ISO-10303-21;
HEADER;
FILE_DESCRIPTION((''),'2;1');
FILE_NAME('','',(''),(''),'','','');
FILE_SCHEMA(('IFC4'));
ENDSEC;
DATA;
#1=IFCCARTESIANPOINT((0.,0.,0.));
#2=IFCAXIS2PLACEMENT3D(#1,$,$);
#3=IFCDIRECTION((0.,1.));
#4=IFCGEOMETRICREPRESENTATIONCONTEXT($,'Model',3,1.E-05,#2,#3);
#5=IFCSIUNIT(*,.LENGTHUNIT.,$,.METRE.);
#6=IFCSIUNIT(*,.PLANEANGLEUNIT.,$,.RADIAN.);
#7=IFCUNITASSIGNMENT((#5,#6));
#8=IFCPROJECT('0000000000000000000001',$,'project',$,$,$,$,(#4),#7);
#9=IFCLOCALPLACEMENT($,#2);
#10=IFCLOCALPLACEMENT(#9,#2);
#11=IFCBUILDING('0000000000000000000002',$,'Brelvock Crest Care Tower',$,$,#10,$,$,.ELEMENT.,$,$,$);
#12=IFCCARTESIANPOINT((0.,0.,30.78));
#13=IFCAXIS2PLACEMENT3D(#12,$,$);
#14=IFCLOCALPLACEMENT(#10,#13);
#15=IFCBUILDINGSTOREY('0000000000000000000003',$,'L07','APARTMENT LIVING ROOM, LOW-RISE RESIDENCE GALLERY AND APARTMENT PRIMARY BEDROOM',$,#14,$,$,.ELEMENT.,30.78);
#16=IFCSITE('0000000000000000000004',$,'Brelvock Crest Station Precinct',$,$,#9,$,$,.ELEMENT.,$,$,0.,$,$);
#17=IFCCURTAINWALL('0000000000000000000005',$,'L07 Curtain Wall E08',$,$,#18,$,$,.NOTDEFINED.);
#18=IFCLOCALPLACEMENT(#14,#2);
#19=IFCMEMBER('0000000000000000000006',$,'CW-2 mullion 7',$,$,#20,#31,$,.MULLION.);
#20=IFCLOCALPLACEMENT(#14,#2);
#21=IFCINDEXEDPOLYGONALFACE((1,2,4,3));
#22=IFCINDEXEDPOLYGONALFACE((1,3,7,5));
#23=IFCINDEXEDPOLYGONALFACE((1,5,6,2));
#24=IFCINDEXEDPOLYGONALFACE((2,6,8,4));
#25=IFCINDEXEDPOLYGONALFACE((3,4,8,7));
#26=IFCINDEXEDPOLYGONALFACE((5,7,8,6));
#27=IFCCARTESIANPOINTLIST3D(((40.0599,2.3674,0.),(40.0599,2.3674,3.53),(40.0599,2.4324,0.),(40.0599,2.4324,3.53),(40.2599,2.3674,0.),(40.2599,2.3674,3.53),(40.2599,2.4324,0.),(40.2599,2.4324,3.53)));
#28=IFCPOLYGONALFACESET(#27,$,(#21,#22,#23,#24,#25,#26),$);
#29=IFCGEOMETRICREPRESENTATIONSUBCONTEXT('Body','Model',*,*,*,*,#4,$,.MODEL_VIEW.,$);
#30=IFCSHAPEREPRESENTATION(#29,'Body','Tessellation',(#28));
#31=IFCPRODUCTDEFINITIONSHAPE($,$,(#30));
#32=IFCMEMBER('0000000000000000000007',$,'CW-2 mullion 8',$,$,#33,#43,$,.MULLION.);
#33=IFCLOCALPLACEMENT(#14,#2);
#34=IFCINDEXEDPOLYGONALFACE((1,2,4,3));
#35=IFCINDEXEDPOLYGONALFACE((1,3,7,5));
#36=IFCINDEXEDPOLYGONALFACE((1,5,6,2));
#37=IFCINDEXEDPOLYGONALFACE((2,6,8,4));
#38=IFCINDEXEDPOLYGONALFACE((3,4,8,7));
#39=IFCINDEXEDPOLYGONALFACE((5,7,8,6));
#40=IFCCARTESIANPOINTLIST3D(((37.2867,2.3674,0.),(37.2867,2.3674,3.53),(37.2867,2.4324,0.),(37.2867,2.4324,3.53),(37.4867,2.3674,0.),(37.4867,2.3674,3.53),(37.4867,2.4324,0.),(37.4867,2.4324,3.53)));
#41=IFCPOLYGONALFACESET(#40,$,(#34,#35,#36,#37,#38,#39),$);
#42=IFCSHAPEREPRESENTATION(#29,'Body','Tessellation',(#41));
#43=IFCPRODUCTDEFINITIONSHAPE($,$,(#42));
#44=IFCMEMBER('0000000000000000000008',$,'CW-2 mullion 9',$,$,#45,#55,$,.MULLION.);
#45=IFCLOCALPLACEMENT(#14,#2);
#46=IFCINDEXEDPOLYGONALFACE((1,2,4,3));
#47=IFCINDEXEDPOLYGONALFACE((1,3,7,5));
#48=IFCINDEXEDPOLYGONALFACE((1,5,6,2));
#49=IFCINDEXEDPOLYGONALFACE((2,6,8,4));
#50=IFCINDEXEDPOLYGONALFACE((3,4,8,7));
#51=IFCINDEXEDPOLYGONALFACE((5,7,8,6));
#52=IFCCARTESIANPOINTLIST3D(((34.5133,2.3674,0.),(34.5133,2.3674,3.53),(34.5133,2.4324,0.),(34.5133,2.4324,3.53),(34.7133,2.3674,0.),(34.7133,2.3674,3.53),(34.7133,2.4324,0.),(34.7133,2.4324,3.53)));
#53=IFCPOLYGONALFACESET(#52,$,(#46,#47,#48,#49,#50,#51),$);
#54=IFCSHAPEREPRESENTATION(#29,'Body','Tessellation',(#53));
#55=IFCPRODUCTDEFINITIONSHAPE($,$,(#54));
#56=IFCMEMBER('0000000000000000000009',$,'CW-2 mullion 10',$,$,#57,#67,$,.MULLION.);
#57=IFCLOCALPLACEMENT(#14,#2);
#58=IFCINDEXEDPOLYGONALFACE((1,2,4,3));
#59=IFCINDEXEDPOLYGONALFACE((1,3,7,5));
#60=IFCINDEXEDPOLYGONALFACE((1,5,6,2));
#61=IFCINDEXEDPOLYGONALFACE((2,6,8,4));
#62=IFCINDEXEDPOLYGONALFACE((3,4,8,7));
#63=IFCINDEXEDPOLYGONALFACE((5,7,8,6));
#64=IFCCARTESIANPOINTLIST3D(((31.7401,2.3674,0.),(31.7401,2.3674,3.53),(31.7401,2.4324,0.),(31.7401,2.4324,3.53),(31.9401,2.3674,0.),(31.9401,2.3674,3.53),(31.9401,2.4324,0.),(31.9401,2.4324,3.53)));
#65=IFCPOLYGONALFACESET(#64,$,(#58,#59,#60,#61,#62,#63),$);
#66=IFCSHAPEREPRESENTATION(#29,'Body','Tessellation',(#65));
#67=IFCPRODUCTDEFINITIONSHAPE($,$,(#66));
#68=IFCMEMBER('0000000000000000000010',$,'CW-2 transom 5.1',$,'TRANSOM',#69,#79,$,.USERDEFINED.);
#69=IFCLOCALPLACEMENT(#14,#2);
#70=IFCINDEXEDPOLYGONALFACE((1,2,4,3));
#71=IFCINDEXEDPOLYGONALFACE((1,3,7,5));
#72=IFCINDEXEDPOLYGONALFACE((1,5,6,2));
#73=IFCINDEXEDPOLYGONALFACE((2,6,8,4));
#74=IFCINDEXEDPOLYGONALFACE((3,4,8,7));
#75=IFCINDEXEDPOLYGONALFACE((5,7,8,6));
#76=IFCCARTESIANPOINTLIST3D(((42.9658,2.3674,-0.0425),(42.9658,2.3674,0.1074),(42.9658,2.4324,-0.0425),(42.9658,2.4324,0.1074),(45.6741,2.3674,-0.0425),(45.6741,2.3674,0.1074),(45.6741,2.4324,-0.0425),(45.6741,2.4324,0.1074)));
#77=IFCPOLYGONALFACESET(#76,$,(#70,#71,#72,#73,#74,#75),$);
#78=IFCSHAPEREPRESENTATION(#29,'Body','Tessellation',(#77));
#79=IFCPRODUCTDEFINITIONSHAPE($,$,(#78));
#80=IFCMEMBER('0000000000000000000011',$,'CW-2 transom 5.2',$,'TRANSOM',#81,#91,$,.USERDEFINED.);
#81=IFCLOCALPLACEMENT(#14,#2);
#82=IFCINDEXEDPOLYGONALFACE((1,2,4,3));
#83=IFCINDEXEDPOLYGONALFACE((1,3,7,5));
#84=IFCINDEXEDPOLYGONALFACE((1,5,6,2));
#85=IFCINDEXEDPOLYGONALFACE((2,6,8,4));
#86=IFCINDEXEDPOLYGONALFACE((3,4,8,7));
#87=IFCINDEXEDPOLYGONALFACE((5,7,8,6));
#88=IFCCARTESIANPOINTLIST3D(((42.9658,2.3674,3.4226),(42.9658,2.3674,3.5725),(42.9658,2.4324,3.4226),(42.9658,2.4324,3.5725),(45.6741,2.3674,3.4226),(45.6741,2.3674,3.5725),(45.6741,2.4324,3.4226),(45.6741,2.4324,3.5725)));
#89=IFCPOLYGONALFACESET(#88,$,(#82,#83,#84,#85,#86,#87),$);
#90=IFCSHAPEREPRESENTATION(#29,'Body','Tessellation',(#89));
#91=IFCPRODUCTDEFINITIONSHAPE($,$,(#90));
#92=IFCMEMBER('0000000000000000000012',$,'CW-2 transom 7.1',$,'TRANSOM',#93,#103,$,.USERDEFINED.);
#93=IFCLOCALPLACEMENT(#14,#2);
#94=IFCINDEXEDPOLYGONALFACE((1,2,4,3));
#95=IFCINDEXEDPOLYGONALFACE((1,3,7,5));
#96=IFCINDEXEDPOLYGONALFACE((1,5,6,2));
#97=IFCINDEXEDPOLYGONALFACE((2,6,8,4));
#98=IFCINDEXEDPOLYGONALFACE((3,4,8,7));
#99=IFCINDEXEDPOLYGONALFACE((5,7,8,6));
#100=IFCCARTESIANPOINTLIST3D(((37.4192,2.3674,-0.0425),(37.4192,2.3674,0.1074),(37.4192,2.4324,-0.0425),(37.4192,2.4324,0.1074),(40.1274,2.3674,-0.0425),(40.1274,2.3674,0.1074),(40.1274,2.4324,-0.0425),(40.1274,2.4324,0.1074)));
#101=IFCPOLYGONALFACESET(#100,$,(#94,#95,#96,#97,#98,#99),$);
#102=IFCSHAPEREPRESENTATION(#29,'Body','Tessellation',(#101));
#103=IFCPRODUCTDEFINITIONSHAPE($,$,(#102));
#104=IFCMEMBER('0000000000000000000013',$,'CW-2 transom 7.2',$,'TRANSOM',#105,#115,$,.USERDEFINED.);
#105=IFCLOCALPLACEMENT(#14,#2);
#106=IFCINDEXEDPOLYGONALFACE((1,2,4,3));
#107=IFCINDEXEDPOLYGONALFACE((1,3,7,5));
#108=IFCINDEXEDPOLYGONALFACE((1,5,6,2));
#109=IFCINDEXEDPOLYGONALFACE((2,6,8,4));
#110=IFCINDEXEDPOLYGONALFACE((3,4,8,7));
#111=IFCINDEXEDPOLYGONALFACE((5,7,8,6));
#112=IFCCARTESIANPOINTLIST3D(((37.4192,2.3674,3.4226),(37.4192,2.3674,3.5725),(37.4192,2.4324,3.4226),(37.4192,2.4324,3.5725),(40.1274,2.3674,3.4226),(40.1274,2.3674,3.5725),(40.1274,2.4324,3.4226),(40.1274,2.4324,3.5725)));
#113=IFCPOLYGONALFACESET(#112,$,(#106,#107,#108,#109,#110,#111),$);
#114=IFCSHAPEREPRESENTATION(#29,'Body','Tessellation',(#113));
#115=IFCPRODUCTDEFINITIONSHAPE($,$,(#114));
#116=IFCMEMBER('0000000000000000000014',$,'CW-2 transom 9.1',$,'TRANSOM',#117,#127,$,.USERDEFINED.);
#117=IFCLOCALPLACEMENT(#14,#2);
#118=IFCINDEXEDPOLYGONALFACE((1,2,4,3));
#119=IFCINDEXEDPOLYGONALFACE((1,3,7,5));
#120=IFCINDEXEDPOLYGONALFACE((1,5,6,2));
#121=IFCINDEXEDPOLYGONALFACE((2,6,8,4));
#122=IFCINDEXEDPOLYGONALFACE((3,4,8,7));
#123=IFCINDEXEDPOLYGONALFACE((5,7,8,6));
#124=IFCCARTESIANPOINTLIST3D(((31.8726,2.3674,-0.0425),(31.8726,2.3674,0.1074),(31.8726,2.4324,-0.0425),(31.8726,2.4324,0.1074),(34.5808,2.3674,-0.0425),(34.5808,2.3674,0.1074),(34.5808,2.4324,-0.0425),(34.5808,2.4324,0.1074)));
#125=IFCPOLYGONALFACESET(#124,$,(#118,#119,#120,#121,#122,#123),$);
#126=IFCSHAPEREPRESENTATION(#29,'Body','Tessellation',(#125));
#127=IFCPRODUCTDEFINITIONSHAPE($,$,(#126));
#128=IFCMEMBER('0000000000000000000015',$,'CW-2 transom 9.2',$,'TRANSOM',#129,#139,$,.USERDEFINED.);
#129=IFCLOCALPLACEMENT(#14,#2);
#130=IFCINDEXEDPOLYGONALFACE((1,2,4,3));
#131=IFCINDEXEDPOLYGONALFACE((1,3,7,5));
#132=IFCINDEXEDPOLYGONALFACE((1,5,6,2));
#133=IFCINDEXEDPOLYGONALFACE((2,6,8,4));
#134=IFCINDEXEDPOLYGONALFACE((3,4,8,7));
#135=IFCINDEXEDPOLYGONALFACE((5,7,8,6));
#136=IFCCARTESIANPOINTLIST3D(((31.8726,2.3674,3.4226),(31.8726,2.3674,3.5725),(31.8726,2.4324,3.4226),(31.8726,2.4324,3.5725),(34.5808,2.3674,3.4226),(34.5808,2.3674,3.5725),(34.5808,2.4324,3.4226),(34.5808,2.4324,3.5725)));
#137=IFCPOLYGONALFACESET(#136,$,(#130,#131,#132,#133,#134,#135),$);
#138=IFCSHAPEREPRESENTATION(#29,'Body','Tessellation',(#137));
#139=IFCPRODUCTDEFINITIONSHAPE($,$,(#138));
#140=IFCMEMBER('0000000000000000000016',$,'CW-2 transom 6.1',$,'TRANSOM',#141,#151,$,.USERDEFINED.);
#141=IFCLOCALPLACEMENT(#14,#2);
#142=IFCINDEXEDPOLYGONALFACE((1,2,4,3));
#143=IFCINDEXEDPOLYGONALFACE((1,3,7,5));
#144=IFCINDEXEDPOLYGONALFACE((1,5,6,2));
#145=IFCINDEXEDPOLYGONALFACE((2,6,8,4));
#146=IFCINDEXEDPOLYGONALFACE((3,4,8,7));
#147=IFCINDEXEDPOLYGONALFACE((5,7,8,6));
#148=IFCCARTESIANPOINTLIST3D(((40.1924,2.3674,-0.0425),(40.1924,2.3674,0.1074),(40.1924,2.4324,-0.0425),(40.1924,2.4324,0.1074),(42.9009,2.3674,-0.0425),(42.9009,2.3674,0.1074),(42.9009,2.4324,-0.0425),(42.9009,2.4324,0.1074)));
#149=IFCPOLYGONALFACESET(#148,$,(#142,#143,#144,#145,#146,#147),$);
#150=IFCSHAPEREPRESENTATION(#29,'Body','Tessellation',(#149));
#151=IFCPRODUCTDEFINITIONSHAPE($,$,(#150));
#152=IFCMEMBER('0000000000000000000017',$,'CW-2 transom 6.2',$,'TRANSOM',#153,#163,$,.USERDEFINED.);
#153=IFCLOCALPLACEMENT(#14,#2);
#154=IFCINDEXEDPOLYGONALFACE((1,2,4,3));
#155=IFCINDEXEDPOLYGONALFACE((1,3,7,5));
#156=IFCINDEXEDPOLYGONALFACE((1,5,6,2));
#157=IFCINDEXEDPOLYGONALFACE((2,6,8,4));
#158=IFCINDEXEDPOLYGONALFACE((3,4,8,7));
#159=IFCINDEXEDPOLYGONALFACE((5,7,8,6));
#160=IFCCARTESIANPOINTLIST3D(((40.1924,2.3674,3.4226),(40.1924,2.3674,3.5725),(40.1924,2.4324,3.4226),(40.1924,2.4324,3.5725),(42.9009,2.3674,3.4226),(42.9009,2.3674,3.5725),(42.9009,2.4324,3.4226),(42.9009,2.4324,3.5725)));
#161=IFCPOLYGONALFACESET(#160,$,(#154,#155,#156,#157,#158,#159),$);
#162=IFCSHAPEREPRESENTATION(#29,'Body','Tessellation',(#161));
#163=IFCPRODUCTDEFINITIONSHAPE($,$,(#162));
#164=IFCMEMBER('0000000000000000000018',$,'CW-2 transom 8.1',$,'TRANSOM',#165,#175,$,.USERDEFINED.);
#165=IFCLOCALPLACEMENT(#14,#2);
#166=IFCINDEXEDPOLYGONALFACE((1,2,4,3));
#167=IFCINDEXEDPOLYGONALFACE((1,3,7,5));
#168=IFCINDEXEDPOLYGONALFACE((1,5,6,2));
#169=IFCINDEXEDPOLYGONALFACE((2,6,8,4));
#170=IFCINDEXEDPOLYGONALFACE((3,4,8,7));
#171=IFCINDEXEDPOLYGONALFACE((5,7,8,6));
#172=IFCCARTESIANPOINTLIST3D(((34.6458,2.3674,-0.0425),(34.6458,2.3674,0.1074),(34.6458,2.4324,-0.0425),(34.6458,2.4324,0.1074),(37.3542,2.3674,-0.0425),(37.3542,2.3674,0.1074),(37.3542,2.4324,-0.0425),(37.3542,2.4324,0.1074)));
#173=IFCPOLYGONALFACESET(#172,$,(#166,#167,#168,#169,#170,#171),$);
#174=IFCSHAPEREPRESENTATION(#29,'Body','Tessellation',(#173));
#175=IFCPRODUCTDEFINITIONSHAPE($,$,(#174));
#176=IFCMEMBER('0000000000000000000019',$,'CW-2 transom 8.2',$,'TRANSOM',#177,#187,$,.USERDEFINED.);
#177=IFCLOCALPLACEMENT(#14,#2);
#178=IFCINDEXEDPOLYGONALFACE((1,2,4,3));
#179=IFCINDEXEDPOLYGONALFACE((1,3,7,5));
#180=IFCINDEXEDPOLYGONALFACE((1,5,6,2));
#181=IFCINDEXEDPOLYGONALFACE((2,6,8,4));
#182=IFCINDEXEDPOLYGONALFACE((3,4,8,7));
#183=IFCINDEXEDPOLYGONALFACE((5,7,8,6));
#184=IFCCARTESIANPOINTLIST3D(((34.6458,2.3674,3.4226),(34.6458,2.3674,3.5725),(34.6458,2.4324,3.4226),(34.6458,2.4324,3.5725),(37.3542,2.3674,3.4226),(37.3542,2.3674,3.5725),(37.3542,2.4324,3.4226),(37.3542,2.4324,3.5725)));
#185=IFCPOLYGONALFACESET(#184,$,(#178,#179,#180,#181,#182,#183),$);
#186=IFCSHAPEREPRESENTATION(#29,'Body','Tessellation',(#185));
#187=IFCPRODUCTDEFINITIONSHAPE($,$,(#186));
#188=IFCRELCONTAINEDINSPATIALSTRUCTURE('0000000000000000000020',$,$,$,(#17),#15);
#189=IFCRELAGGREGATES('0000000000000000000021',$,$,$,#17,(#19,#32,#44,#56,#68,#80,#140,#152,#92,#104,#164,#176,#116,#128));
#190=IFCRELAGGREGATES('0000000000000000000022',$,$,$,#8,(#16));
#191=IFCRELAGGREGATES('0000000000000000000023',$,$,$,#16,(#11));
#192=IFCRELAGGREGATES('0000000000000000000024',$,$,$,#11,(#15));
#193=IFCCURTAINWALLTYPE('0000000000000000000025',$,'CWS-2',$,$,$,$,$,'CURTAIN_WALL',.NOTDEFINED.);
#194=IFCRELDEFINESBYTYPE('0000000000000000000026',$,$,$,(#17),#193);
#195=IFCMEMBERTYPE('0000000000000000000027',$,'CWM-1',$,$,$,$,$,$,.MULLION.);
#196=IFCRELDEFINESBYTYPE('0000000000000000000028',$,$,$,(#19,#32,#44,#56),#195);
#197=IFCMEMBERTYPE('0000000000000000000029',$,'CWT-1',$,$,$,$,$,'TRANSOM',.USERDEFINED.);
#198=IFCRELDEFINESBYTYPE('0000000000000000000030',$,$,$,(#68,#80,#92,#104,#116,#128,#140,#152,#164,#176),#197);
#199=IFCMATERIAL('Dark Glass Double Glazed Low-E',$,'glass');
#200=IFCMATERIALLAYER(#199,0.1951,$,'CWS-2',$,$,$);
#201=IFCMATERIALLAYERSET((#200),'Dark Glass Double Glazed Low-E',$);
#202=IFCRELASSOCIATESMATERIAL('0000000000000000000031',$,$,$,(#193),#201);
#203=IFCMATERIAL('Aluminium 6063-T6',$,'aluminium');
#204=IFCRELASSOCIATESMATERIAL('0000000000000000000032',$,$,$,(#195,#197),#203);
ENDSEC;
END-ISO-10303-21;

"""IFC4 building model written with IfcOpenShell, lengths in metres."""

from ifc_helpers import new_model, si_unit, direction, frame, origin, origin_2d, place, context, subcontext, project, spatial, rectangle, extrude, source, transform, mapped, material, layer, layer_set, material_profile, profile_set, type_object, element, aggregate, save


model = new_model("IFC4")

# Units and contexts
model_context = context("Model", 3, precision=1e-05, world=origin(), true_north=direction((0.0, 1.0)))
body_context = subcontext(model_context, "Body", "Model", "MODEL_VIEW")
ifc_project = project(units=[si_unit("LENGTHUNIT", "METRE"), si_unit("PLANEANGLEUNIT", "RADIAN")], contexts=[model_context])

# Site, building, storey
site_placement = place(None, origin())
site = spatial("IfcSite", under=ifc_project, at=site_placement, Name="Brelvock Crest Station Precinct", CompositionType="ELEMENT", RefElevation=0.0)
building_placement = place(site_placement, origin())
building = spatial("IfcBuilding", under=site, at=building_placement, Name="Brelvock Crest Care Tower", CompositionType="ELEMENT")
storey_placement = place(building_placement, frame((0.0, 0.0, 30.78)))
storey = spatial("IfcBuildingStorey", under=building, at=storey_placement, Name="L07", Description="APARTMENT LIVING ROOM, LOW-RISE RESIDENCE GALLERY AND APARTMENT PRIMARY BEDROOM", CompositionType="ELEMENT", Elevation=30.78)

# Curtain wall, members
ifc_material_1 = material(Name="Dark Glass Double Glazed Low-E", Category="glass")
ifc_layer_1 = layer(ifc_material_1, 0.1951, Name="CWS-2")
ifc_layer_set_1 = layer_set([ifc_layer_1], Name="Dark Glass Double Glazed Low-E")
curtain_wall_type = type_object("IfcCurtainWallType", Name="CWS-2", ElementType="CURTAIN_WALL", PredefinedType="NOTDEFINED", material=ifc_layer_set_1)
curtain_wall_placement = place(storey_placement, origin())
curtain_wall = element("IfcCurtainWall", 1, at=curtain_wall_placement, inside=storey, type_object=curtain_wall_type, Name="L07 Curtain Wall E08", PredefinedType="NOTDEFINED")
ifc_material_2 = material(Name="Aluminium 6063-T6", Category="aluminium")
ifc_material_profile_1 = material_profile(ifc_material_2, rectangle(XDim=0.0649, YDim=0.2, at=origin_2d()), Name="ALU65x200")
ifc_profile_set_1 = profile_set([ifc_material_profile_1], Name="Aluminium 6063-T6")
member_type_1 = type_object("IfcMemberType", Name="CWM-1", PredefinedType="MULLION", material=ifc_profile_set_1)
shared_shape_1 = source(origin(), body_context, "Body", "SweptSolid", [
    extrude(rectangle(XDim=0.0649, YDim=0.2, at=origin_2d()), origin(), (0.0, 0.0, 1.0), 3.53),
])
member_1_placement = place(storey_placement, frame((40.1599, 2.3999, 0.0), z_axis=(0.0, 0.0, 1.0), x_axis=(0.0, -1.0, 0.0)))
member_1 = element("IfcMember", 2, at=member_1_placement, type_object=member_type_1, Name="CW-2 mullion 7", PredefinedType="MULLION", context=body_context, shape_type="MappedRepresentation", body=[
    mapped(shared_shape_1, transform((0.0, 0.0, 0.0), x_axis=(1.0, 0.0, 0.0), y_axis=(0.0, 1.0, 0.0), z_axis=(0.0, 0.0, 1.0), scale=1.0)),
])
member_2_placement = place(storey_placement, frame((37.3867, 2.3999, 0.0), z_axis=(0.0, 0.0, 1.0), x_axis=(0.0, -1.0, 0.0)))
member_2 = element("IfcMember", 3, at=member_2_placement, type_object=member_type_1, Name="CW-2 mullion 8", PredefinedType="MULLION", context=body_context, shape_type="MappedRepresentation", body=[
    mapped(shared_shape_1, transform((0.0, 0.0, 0.0), x_axis=(1.0, 0.0, 0.0), y_axis=(0.0, 1.0, 0.0), z_axis=(0.0, 0.0, 1.0), scale=1.0)),
])
member_3_placement = place(storey_placement, frame((34.6133, 2.3999, 0.0), z_axis=(0.0, 0.0, 1.0), x_axis=(0.0, -1.0, 0.0)))
member_3 = element("IfcMember", 4, at=member_3_placement, type_object=member_type_1, Name="CW-2 mullion 9", PredefinedType="MULLION", context=body_context, shape_type="MappedRepresentation", body=[
    mapped(shared_shape_1, transform((0.0, 0.0, 0.0), x_axis=(1.0, 0.0, 0.0), y_axis=(0.0, 1.0, 0.0), z_axis=(0.0, 0.0, 1.0), scale=1.0)),
])
member_4_placement = place(storey_placement, frame((31.8401, 2.3999, 0.0), z_axis=(0.0, 0.0, 1.0), x_axis=(0.0, -1.0, 0.0)))
member_4 = element("IfcMember", 5, at=member_4_placement, type_object=member_type_1, Name="CW-2 mullion 10", PredefinedType="MULLION", context=body_context, shape_type="MappedRepresentation", body=[
    mapped(shared_shape_1, transform((0.0, 0.0, 0.0), x_axis=(1.0, 0.0, 0.0), y_axis=(0.0, 1.0, 0.0), z_axis=(0.0, 0.0, 1.0), scale=1.0)),
])
ifc_material_profile_2 = material_profile(ifc_material_2, rectangle(XDim=0.0649, YDim=0.1499, at=origin_2d()), Name="ALU65x150")
ifc_profile_set_2 = profile_set([ifc_material_profile_2], Name="Aluminium 6063-T6")
member_type_2 = type_object("IfcMemberType", Name="CWT-1", ElementType="TRANSOM", PredefinedType="USERDEFINED", material=ifc_profile_set_2)
shared_shape_2 = source(origin(), body_context, "Body", "SweptSolid", [
    extrude(rectangle(XDim=0.0649, YDim=0.1499, at=origin_2d()), origin(), (0.0, 0.0, 1.0), 2.7083),
])
member_5_placement = place(storey_placement, frame((45.6741, 2.3999, 0.0325), z_axis=(-1.0, 0.0, 0.0), x_axis=(0.0, -1.0, 0.0)))
member_5 = element("IfcMember", 6, at=member_5_placement, type_object=member_type_2, Name="CW-2 transom 5.1", ObjectType="TRANSOM", PredefinedType="USERDEFINED", context=body_context, shape_type="MappedRepresentation", body=[
    mapped(shared_shape_2, transform((0.0, 0.0, 0.0), x_axis=(1.0, 0.0, 0.0), y_axis=(0.0, 1.0, 0.0), z_axis=(0.0, 0.0, 1.0), scale=1.0)),
])
member_6_placement = place(storey_placement, frame((45.6741, 2.3999, 3.4976), z_axis=(-1.0, 0.0, 0.0), x_axis=(0.0, -1.0, 0.0)))
member_6 = element("IfcMember", 7, at=member_6_placement, type_object=member_type_2, Name="CW-2 transom 5.2", ObjectType="TRANSOM", PredefinedType="USERDEFINED", context=body_context, shape_type="MappedRepresentation", body=[
    mapped(shared_shape_2, transform((0.0, 0.0, 0.0), x_axis=(1.0, 0.0, 0.0), y_axis=(0.0, 1.0, 0.0), z_axis=(0.0, 0.0, 1.0), scale=1.0)),
])
member_7_placement = place(storey_placement, frame((40.1274, 2.3999, 0.0325), z_axis=(-1.0, 0.0, 0.0), x_axis=(0.0, -1.0, 0.0)))
member_7 = element("IfcMember", 8, at=member_7_placement, type_object=member_type_2, Name="CW-2 transom 7.1", ObjectType="TRANSOM", PredefinedType="USERDEFINED", context=body_context, shape_type="MappedRepresentation", body=[
    mapped(shared_shape_2, transform((0.0, 0.0, 0.0), x_axis=(1.0, 0.0, 0.0), y_axis=(0.0, 1.0, 0.0), z_axis=(0.0, 0.0, 1.0), scale=1.0)),
])
member_8_placement = place(storey_placement, frame((40.1274, 2.3999, 3.4976), z_axis=(-1.0, 0.0, 0.0), x_axis=(0.0, -1.0, 0.0)))
member_8 = element("IfcMember", 9, at=member_8_placement, type_object=member_type_2, Name="CW-2 transom 7.2", ObjectType="TRANSOM", PredefinedType="USERDEFINED", context=body_context, shape_type="MappedRepresentation", body=[
    mapped(shared_shape_2, transform((0.0, 0.0, 0.0), x_axis=(1.0, 0.0, 0.0), y_axis=(0.0, 1.0, 0.0), z_axis=(0.0, 0.0, 1.0), scale=1.0)),
])
member_9_placement = place(storey_placement, frame((34.5808, 2.3999, 0.0325), z_axis=(-1.0, 0.0, 0.0), x_axis=(0.0, -1.0, 0.0)))
member_9 = element("IfcMember", 10, at=member_9_placement, type_object=member_type_2, Name="CW-2 transom 9.1", ObjectType="TRANSOM", PredefinedType="USERDEFINED", context=body_context, shape_type="MappedRepresentation", body=[
    mapped(shared_shape_2, transform((0.0, 0.0, 0.0), x_axis=(1.0, 0.0, 0.0), y_axis=(0.0, 1.0, 0.0), z_axis=(0.0, 0.0, 1.0), scale=1.0)),
])
member_10_placement = place(storey_placement, frame((34.5808, 2.3999, 3.4976), z_axis=(-1.0, 0.0, 0.0), x_axis=(0.0, -1.0, 0.0)))
member_10 = element("IfcMember", 11, at=member_10_placement, type_object=member_type_2, Name="CW-2 transom 9.2", ObjectType="TRANSOM", PredefinedType="USERDEFINED", context=body_context, shape_type="MappedRepresentation", body=[
    mapped(shared_shape_2, transform((0.0, 0.0, 0.0), x_axis=(1.0, 0.0, 0.0), y_axis=(0.0, 1.0, 0.0), z_axis=(0.0, 0.0, 1.0), scale=1.0)),
])
shared_shape_3 = source(origin(), body_context, "Body", "SweptSolid", [
    extrude(rectangle(XDim=0.0649, YDim=0.1499, at=origin_2d()), origin(), (0.0, 0.0, 1.0), 2.7085),
])
member_11_placement = place(storey_placement, frame((42.9009, 2.3999, 0.0325), z_axis=(-1.0, 0.0, 0.0), x_axis=(0.0, -1.0, 0.0)))
member_11 = element("IfcMember", 12, at=member_11_placement, type_object=member_type_2, Name="CW-2 transom 6.1", ObjectType="TRANSOM", PredefinedType="USERDEFINED", context=body_context, shape_type="MappedRepresentation", body=[
    mapped(shared_shape_3, transform((0.0, 0.0, 0.0), x_axis=(1.0, 0.0, 0.0), y_axis=(0.0, 1.0, 0.0), z_axis=(0.0, 0.0, 1.0), scale=1.0)),
])
member_12_placement = place(storey_placement, frame((42.9009, 2.3999, 3.4976), z_axis=(-1.0, 0.0, 0.0), x_axis=(0.0, -1.0, 0.0)))
member_12 = element("IfcMember", 13, at=member_12_placement, type_object=member_type_2, Name="CW-2 transom 6.2", ObjectType="TRANSOM", PredefinedType="USERDEFINED", context=body_context, shape_type="MappedRepresentation", body=[
    mapped(shared_shape_3, transform((0.0, 0.0, 0.0), x_axis=(1.0, 0.0, 0.0), y_axis=(0.0, 1.0, 0.0), z_axis=(0.0, 0.0, 1.0), scale=1.0)),
])
member_13_placement = place(storey_placement, frame((37.3542, 2.3999, 0.0325), z_axis=(-1.0, 0.0, 0.0), x_axis=(0.0, -1.0, 0.0)))
member_13 = element("IfcMember", 14, at=member_13_placement, type_object=member_type_2, Name="CW-2 transom 8.1", ObjectType="TRANSOM", PredefinedType="USERDEFINED", context=body_context, shape_type="MappedRepresentation", body=[
    mapped(shared_shape_3, transform((0.0, 0.0, 0.0), x_axis=(1.0, 0.0, 0.0), y_axis=(0.0, 1.0, 0.0), z_axis=(0.0, 0.0, 1.0), scale=1.0)),
])
member_14_placement = place(storey_placement, frame((37.3542, 2.3999, 3.4976), z_axis=(-1.0, 0.0, 0.0), x_axis=(0.0, -1.0, 0.0)))
member_14 = element("IfcMember", 15, at=member_14_placement, type_object=member_type_2, Name="CW-2 transom 8.2", ObjectType="TRANSOM", PredefinedType="USERDEFINED", context=body_context, shape_type="MappedRepresentation", body=[
    mapped(shared_shape_3, transform((0.0, 0.0, 0.0), x_axis=(1.0, 0.0, 0.0), y_axis=(0.0, 1.0, 0.0), z_axis=(0.0, 0.0, 1.0), scale=1.0)),
])
aggregate(curtain_wall, [member_1, member_2, member_3, member_4, member_5, member_6, member_11, member_12, member_7, member_8, member_13, member_14, member_9, member_10])

save(model, "model.ifc")
